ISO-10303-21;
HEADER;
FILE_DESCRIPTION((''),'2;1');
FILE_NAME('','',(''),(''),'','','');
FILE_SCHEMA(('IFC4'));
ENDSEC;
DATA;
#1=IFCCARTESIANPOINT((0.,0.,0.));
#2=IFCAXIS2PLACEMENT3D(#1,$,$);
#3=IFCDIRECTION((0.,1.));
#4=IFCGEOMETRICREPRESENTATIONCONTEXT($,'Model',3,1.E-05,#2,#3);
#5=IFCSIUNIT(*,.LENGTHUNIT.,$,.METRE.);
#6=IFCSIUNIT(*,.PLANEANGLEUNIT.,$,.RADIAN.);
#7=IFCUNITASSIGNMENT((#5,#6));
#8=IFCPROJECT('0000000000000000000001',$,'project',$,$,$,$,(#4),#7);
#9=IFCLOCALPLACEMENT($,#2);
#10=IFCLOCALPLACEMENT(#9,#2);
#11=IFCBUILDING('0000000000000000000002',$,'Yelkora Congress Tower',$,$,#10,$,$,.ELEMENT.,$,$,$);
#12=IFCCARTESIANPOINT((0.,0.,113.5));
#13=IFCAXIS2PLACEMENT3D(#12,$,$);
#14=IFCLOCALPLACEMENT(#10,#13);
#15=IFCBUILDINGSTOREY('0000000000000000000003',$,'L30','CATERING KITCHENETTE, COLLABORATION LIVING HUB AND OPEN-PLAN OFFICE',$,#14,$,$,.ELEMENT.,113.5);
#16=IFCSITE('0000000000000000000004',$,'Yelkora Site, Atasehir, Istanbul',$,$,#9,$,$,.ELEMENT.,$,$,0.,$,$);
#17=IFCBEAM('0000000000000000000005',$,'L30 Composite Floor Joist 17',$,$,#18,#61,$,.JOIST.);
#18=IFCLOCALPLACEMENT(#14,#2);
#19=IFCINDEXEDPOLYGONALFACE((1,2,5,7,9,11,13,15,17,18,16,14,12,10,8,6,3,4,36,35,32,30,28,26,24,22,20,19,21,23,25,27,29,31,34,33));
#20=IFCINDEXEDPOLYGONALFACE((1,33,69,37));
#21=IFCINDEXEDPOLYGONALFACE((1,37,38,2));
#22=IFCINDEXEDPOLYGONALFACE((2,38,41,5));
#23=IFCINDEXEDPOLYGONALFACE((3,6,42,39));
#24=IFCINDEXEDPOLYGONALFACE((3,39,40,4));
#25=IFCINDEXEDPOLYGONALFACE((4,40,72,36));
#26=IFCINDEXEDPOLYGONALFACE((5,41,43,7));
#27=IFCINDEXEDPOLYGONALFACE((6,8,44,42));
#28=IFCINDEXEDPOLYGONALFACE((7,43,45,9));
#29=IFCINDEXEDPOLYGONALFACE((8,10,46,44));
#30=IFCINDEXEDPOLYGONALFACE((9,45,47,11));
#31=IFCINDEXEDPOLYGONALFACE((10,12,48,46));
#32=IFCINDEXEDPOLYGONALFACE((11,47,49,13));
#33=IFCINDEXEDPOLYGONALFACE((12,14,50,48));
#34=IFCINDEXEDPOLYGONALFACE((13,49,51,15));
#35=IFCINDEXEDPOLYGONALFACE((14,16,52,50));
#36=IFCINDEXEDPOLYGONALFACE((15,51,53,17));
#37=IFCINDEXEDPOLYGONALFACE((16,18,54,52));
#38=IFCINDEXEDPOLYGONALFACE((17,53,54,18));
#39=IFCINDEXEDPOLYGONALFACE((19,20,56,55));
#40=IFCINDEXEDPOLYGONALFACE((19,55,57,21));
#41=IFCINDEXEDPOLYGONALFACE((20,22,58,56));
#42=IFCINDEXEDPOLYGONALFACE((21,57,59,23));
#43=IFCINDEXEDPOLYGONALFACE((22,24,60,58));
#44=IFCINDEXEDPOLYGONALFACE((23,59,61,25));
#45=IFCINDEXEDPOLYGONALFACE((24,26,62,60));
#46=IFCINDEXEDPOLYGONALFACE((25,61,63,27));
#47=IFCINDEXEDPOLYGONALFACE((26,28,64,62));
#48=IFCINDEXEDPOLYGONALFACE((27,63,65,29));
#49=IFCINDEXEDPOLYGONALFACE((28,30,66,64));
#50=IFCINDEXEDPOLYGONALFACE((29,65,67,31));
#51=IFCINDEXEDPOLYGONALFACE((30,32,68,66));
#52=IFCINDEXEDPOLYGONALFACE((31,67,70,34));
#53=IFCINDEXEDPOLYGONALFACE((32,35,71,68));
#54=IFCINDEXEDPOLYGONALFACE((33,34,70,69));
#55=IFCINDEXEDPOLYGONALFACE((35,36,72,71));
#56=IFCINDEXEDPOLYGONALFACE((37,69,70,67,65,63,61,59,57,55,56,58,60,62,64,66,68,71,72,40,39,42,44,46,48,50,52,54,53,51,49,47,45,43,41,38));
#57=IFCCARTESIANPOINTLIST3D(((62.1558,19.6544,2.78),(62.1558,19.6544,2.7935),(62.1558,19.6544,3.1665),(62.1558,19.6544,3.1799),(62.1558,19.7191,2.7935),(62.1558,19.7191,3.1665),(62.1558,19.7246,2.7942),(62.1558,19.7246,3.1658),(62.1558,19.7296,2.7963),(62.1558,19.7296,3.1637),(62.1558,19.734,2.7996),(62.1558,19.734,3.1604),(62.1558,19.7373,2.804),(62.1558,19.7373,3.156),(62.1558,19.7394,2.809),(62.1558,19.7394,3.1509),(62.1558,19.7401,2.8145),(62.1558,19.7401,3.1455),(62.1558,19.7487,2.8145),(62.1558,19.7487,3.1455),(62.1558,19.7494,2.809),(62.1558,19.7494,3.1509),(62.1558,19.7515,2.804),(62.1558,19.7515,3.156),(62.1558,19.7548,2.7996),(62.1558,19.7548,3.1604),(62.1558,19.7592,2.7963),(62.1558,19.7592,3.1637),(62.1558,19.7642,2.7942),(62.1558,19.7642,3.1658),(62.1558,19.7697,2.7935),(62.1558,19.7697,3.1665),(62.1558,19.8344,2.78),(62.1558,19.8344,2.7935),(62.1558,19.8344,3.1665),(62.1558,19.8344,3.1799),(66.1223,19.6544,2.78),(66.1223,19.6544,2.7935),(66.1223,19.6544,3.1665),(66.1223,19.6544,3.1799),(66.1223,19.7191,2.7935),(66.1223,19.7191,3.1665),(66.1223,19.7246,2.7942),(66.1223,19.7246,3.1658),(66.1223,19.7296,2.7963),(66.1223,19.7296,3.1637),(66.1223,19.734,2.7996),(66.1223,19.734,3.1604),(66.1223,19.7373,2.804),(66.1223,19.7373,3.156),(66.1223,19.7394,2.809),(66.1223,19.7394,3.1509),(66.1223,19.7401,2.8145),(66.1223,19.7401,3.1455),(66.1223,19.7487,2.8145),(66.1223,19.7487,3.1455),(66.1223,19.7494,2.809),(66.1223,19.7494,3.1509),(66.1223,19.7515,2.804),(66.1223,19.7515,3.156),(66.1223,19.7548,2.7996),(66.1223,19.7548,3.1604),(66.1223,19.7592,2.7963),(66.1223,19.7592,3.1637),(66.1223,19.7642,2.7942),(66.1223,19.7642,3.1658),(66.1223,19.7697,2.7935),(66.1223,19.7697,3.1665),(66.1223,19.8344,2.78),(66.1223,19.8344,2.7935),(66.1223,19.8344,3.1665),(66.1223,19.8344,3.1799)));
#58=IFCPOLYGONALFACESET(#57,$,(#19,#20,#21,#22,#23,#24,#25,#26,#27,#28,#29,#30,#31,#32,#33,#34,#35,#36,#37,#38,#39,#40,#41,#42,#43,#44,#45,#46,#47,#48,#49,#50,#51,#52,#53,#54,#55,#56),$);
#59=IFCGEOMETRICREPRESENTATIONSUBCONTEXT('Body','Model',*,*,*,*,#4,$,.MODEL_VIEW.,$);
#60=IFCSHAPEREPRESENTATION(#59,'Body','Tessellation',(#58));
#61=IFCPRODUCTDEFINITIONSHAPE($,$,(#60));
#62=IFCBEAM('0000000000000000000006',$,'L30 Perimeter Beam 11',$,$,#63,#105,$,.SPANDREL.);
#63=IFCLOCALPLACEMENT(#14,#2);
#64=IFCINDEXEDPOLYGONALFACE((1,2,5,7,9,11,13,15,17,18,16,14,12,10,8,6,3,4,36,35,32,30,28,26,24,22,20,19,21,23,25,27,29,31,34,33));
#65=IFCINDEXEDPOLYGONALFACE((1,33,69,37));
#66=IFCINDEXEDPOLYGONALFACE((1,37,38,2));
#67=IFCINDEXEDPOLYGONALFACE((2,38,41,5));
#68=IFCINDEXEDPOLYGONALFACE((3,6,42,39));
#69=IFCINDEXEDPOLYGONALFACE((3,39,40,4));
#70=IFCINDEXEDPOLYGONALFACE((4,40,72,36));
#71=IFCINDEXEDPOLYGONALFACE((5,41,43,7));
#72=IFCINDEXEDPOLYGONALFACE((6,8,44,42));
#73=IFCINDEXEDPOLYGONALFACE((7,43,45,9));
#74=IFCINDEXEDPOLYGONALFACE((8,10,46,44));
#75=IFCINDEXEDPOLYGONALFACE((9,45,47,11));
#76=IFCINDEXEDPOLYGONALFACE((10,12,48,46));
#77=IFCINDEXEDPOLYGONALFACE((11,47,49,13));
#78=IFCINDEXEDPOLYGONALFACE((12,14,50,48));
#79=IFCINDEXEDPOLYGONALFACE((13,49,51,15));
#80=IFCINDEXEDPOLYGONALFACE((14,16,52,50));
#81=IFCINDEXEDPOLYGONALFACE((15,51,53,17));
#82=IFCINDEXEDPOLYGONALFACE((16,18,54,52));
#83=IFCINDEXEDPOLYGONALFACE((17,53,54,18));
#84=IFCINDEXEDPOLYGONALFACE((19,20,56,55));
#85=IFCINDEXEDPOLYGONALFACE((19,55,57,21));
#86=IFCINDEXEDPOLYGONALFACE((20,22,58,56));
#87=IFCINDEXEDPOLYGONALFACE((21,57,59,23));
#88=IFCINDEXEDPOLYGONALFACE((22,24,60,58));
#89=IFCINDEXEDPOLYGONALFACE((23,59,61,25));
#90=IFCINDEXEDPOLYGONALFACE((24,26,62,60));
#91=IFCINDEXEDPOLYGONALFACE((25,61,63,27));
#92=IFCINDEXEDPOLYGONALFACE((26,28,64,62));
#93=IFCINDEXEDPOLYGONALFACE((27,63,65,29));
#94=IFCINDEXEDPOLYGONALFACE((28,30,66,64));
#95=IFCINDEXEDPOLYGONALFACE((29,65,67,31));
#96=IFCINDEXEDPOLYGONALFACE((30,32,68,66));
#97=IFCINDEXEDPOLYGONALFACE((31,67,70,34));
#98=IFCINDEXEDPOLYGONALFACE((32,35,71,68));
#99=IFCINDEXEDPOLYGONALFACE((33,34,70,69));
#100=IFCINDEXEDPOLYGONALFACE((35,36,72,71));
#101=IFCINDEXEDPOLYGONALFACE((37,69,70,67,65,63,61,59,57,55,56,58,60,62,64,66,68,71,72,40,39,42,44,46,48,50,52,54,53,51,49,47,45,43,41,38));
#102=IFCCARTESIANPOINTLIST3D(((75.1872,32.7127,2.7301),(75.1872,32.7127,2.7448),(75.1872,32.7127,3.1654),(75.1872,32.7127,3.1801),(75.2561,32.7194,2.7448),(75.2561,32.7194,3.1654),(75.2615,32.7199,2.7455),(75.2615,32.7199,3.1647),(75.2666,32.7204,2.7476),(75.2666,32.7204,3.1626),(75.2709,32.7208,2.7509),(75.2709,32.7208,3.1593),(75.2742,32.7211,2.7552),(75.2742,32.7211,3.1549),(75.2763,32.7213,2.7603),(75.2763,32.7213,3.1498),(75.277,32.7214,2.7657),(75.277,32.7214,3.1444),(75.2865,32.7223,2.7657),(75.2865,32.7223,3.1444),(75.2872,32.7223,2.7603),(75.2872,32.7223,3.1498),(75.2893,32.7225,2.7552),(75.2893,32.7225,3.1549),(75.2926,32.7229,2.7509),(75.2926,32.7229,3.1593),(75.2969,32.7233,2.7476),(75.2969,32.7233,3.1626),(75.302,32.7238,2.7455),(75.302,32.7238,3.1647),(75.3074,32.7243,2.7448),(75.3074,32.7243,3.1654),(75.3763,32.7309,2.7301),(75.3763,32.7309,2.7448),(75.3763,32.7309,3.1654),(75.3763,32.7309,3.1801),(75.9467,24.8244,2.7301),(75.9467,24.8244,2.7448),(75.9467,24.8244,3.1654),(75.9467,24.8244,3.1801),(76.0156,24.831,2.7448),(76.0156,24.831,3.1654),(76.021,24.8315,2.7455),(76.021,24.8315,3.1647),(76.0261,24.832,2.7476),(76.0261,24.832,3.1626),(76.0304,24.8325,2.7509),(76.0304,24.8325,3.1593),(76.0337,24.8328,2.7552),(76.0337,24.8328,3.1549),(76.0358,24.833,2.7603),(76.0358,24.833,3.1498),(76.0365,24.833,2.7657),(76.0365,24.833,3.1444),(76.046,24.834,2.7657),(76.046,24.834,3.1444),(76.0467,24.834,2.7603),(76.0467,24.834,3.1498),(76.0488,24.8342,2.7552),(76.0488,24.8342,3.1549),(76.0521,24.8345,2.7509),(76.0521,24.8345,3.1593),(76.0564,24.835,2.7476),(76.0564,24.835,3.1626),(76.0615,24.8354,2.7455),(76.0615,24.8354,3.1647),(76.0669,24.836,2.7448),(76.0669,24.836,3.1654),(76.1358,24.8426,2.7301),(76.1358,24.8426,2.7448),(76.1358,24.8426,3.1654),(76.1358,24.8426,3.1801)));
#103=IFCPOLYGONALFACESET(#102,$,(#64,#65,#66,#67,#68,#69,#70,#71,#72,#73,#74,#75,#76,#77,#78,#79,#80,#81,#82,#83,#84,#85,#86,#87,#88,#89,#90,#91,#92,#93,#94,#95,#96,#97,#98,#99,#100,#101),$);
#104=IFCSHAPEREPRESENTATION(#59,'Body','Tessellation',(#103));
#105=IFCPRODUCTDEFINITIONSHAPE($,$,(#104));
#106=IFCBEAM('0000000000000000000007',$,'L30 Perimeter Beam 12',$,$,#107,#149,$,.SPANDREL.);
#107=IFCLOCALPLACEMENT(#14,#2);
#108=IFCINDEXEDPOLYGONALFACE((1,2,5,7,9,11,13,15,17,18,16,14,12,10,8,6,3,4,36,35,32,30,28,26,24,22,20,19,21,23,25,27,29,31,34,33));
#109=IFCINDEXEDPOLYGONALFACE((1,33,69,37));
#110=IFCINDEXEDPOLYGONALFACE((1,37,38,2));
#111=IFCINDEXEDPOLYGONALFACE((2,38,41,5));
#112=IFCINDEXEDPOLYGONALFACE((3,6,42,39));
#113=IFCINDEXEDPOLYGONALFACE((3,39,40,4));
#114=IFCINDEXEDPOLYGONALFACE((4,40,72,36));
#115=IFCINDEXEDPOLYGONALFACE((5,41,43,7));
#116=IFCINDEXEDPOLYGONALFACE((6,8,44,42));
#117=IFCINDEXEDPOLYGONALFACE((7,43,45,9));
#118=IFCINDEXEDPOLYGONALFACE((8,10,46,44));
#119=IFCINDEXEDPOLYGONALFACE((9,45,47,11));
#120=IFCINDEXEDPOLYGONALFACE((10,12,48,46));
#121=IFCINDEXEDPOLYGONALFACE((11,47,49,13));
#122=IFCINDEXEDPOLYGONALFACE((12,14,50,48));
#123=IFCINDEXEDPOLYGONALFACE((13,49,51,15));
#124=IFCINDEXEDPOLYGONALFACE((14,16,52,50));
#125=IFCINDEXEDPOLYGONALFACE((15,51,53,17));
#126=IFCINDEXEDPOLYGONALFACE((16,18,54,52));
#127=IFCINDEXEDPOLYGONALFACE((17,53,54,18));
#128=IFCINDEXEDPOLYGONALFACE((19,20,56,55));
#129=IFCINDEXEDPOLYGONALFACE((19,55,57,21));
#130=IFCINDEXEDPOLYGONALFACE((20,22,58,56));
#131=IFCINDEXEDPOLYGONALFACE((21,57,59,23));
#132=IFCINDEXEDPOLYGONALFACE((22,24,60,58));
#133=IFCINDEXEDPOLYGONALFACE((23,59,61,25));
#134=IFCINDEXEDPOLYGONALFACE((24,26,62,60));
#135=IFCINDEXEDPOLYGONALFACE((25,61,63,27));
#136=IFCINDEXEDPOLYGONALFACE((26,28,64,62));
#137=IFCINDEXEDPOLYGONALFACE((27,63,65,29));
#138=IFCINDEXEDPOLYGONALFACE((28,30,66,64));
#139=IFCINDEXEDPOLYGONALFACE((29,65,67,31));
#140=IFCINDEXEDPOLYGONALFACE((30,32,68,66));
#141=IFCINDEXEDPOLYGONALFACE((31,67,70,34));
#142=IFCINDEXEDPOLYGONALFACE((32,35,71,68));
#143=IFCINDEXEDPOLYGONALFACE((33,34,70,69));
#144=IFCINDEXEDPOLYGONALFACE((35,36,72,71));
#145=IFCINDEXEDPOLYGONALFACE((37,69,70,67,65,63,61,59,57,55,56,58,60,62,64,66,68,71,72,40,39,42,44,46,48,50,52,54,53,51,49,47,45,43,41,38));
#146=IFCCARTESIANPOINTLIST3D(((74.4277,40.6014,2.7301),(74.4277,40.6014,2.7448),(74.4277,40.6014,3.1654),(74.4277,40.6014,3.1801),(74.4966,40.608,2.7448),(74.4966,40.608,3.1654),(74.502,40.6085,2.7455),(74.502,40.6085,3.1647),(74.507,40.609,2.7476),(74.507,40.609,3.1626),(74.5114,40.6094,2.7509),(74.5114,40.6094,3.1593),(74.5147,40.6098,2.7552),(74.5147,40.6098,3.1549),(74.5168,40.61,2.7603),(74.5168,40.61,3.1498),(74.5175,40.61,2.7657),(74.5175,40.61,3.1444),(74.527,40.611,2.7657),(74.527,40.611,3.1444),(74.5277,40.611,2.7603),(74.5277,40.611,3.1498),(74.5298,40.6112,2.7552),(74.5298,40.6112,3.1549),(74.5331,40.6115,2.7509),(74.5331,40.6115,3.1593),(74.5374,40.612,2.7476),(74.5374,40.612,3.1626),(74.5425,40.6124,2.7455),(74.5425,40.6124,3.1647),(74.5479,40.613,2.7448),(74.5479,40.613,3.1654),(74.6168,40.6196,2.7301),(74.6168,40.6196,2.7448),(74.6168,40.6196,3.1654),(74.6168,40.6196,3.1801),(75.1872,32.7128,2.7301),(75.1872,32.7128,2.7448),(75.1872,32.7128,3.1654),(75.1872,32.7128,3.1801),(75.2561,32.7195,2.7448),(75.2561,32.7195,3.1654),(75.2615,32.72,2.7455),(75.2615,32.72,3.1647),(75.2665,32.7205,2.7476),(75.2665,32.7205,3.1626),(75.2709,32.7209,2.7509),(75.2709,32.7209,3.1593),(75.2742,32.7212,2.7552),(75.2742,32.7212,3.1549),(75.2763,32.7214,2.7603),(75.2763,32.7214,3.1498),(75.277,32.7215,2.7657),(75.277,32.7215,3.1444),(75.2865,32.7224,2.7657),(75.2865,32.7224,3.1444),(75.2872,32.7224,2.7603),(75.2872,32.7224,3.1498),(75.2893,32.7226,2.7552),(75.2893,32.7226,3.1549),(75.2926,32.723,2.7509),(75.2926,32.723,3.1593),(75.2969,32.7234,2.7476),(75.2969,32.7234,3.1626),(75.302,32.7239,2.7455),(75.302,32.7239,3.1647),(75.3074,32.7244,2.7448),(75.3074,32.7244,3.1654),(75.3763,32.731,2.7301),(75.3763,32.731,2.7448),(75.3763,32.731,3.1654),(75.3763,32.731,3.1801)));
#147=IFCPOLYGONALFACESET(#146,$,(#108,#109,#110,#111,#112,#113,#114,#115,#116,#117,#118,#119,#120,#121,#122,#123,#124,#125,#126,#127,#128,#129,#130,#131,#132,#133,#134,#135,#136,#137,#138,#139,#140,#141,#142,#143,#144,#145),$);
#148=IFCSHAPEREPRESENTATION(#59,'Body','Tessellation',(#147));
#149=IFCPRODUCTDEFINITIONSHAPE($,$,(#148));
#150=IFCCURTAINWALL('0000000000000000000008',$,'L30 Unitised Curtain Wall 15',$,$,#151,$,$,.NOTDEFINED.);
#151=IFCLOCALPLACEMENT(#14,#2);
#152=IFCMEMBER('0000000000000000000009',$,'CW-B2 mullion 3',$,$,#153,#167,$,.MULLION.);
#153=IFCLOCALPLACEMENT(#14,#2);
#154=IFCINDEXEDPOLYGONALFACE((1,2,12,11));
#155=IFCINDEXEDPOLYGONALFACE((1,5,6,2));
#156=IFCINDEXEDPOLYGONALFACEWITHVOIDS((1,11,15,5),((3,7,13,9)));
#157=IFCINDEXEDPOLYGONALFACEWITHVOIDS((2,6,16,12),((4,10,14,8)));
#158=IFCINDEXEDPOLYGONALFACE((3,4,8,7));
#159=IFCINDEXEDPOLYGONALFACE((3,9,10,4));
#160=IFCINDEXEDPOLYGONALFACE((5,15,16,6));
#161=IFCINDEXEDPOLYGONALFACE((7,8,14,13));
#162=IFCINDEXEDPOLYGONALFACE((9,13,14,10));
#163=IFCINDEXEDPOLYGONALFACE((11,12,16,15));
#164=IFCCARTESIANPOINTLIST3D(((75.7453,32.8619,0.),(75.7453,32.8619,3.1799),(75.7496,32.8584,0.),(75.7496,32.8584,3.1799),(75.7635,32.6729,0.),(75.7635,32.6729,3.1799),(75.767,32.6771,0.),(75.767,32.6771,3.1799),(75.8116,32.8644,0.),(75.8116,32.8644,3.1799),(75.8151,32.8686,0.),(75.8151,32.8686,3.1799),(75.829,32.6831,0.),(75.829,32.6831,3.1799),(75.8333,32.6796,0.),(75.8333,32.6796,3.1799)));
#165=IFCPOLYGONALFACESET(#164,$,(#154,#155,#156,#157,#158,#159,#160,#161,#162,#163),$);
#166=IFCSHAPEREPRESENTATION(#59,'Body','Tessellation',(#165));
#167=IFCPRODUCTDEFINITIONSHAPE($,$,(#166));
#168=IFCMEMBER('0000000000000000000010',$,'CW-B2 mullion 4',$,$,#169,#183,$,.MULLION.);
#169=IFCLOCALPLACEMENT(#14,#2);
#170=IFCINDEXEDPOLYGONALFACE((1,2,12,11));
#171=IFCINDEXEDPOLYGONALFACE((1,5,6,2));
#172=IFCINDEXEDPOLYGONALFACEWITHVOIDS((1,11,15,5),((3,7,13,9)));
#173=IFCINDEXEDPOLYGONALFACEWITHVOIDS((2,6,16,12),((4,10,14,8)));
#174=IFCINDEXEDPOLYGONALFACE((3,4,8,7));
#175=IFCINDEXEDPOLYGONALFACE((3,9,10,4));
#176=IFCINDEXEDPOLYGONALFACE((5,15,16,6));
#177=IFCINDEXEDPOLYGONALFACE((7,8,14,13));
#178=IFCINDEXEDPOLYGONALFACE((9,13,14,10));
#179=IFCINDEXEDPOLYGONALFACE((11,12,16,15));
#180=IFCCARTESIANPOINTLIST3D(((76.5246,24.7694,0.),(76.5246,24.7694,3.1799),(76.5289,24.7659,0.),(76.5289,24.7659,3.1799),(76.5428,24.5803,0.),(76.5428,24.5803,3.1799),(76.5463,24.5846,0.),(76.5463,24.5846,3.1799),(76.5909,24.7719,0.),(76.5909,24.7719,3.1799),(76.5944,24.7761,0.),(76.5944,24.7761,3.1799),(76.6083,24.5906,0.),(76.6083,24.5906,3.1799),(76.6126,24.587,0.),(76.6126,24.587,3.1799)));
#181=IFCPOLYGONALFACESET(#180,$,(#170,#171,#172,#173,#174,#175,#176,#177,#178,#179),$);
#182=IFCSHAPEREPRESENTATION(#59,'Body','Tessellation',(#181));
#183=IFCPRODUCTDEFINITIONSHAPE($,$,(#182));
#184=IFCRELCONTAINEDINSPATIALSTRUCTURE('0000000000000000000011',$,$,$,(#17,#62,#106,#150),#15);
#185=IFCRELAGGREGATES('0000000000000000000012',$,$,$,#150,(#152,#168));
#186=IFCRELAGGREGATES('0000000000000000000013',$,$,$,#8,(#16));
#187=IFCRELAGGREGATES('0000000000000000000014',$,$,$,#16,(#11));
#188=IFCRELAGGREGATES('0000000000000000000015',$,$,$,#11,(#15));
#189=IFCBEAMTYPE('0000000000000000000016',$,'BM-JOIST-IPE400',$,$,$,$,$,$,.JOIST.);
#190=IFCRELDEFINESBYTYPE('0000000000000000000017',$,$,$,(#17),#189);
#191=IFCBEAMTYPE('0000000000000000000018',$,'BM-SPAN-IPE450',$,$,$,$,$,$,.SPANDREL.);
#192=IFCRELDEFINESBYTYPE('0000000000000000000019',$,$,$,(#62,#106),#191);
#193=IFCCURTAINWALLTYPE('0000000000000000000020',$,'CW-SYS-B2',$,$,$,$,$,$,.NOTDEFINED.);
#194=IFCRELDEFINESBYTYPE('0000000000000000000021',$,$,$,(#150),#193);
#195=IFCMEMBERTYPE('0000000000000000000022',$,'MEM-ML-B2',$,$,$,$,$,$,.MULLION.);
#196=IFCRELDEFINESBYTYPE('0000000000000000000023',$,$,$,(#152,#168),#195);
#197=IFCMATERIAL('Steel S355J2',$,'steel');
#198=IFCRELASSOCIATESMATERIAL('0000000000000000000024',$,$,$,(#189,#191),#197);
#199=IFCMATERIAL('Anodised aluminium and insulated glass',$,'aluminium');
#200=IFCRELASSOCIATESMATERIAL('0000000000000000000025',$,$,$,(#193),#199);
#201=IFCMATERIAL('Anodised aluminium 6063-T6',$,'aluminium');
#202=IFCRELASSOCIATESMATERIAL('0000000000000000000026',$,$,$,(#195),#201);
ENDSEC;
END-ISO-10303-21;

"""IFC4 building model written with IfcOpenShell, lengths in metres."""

from ifc_helpers import new_model, si_unit, direction, frame, origin, origin_2d, place, context, subcontext, project, spatial, hollow_rectangle, i_section, extrude, material, material_profile, profile_set, type_object, element, aggregate, save


model = new_model("IFC4")

# Units and contexts
model_context = context("Model", 3, precision=1e-05, world=origin(), true_north=direction((0.0, 1.0)))
body_context = subcontext(model_context, "Body", "Model", "MODEL_VIEW")
ifc_project = project(units=[si_unit("LENGTHUNIT", "METRE"), si_unit("PLANEANGLEUNIT", "RADIAN")], contexts=[model_context])

# Site, building, storey
site_placement = place(None, origin())
site = spatial("IfcSite", under=ifc_project, at=site_placement, Name="Yelkora Site, Atasehir, Istanbul", CompositionType="ELEMENT", RefElevation=0.0)
building_placement = place(site_placement, origin())
building = spatial("IfcBuilding", under=site, at=building_placement, Name="Yelkora Congress Tower", CompositionType="ELEMENT")
storey_placement = place(building_placement, frame((0.0, 0.0, 113.5)))
storey = spatial("IfcBuildingStorey", under=building, at=storey_placement, Name="L30", Description="CATERING KITCHENETTE, COLLABORATION LIVING HUB AND OPEN-PLAN OFFICE", CompositionType="ELEMENT", Elevation=113.5)

# Beams
ifc_material_1 = material(Name="Steel S355J2", Category="steel")
ifc_material_profile_1 = material_profile(ifc_material_1, i_section(OverallWidth=0.1799, OverallDepth=0.3999, WebThickness=0.0085, FlangeThickness=0.0134, FilletRadius=0.021, at=origin_2d()), Name="IPE 400")
ifc_profile_set_1 = profile_set([ifc_material_profile_1], Name="Steel S355J2")
beam_type_1 = type_object("IfcBeamType", Name="BM-JOIST-IPE400", PredefinedType="JOIST", material=ifc_profile_set_1)
beam_1_placement = place(storey_placement, frame((62.1558, 19.7444, 2.98), z_axis=(1.0, 0.0, 0.0), x_axis=(0.0, 1.0, 0.0)))
element("IfcBeam", 1, at=beam_1_placement, inside=storey, type_object=beam_type_1, Name="L30 Composite Floor Joist 17", PredefinedType="JOIST", context=body_context, shape_type="SweptSolid", body=[
    extrude(i_section(OverallWidth=0.1799, OverallDepth=0.3999, WebThickness=0.0085, FlangeThickness=0.0134, FilletRadius=0.021, at=origin_2d()), origin(), (0.0, 0.0, 1.0), 3.9666),
])
ifc_material_profile_2 = material_profile(ifc_material_1, i_section(OverallWidth=0.1899, OverallDepth=0.45, WebThickness=0.0095, FlangeThickness=0.0146, FilletRadius=0.021, at=origin_2d()), Name="IPE 450")
ifc_profile_set_2 = profile_set([ifc_material_profile_2], Name="Steel S355J2")
beam_type_2 = type_object("IfcBeamType", Name="BM-SPAN-IPE450", PredefinedType="SPANDREL", material=ifc_profile_set_2)
beam_2_placement = place(storey_placement, frame((76.0413, 24.8335, 2.9551), z_axis=(-0.09584, 0.995397, 0.0), x_axis=(-0.995397, -0.09584, 0.0)))
element("IfcBeam", 2, at=beam_2_placement, inside=storey, type_object=beam_type_2, Name="L30 Perimeter Beam 11", PredefinedType="SPANDREL", context=body_context, shape_type="SweptSolid", body=[
    extrude(i_section(OverallWidth=0.1899, OverallDepth=0.45, WebThickness=0.0095, FlangeThickness=0.0146, FilletRadius=0.021, at=origin_2d()), origin(), (0.0, 0.0, 1.0), 7.9248),
])
beam_3_placement = place(storey_placement, frame((75.2817, 32.7219, 2.9551), z_axis=(-0.095837, 0.995397, 0.0), x_axis=(-0.995397, -0.095837, 0.0)))
element("IfcBeam", 3, at=beam_3_placement, inside=storey, type_object=beam_type_2, Name="L30 Perimeter Beam 12", PredefinedType="SPANDREL", context=body_context, shape_type="SweptSolid", body=[
    extrude(i_section(OverallWidth=0.1899, OverallDepth=0.45, WebThickness=0.0095, FlangeThickness=0.0146, FilletRadius=0.021, at=origin_2d()), origin(), (0.0, 0.0, 1.0), 7.925),
])

# Curtain wall, members
ifc_material_2 = material(Name="Anodised aluminium and insulated glass", Category="aluminium")
curtain_wall_type = type_object("IfcCurtainWallType", Name="CW-SYS-B2", PredefinedType="NOTDEFINED", material=ifc_material_2)
curtain_wall_placement = place(storey_placement, origin())
curtain_wall = element("IfcCurtainWall", 4, at=curtain_wall_placement, inside=storey, type_object=curtain_wall_type, Name="L30 Unitised Curtain Wall 15", PredefinedType="NOTDEFINED")
ifc_material_3 = material(Name="Anodised aluminium 6063-T6", Category="aluminium")
ifc_material_profile_3 = material_profile(ifc_material_3, hollow_rectangle(XDim=0.0701, YDim=0.1899, WallThickness=0.0039, at=origin_2d()), Name="ALU 70x190x4")
ifc_profile_set_3 = profile_set([ifc_material_profile_3], Name="Anodised aluminium 6063-T6")
member_type_1 = type_object("IfcMemberType", Name="MEM-ML-B2", PredefinedType="MULLION", material=ifc_profile_set_3)
member_1_placement = place(storey_placement, frame((75.7893, 32.7708, 0.0), z_axis=(0.0, 0.0, 1.0), x_axis=(0.995397, 0.095843, 0.0)))
member_1 = element("IfcMember", 5, at=member_1_placement, type_object=member_type_1, Name="CW-B2 mullion 3", PredefinedType="MULLION", context=body_context, shape_type="SweptSolid", body=[
    extrude(hollow_rectangle(XDim=0.0701, YDim=0.1899, WallThickness=0.0039, at=origin_2d()), origin(), (0.0, 0.0, 1.0), 3.1799),
])
member_2_placement = place(storey_placement, frame((76.5686, 24.6782, 0.0), z_axis=(0.0, 0.0, 1.0), x_axis=(0.995397, 0.095843, 0.0)))
member_2 = element("IfcMember", 6, at=member_2_placement, type_object=member_type_1, Name="CW-B2 mullion 4", PredefinedType="MULLION", context=body_context, shape_type="SweptSolid", body=[
    extrude(hollow_rectangle(XDim=0.0701, YDim=0.1899, WallThickness=0.0039, at=origin_2d()), origin(), (0.0, 0.0, 1.0), 3.1799),
])
aggregate(curtain_wall, [member_1, member_2])

save(model, "model.ifc")
